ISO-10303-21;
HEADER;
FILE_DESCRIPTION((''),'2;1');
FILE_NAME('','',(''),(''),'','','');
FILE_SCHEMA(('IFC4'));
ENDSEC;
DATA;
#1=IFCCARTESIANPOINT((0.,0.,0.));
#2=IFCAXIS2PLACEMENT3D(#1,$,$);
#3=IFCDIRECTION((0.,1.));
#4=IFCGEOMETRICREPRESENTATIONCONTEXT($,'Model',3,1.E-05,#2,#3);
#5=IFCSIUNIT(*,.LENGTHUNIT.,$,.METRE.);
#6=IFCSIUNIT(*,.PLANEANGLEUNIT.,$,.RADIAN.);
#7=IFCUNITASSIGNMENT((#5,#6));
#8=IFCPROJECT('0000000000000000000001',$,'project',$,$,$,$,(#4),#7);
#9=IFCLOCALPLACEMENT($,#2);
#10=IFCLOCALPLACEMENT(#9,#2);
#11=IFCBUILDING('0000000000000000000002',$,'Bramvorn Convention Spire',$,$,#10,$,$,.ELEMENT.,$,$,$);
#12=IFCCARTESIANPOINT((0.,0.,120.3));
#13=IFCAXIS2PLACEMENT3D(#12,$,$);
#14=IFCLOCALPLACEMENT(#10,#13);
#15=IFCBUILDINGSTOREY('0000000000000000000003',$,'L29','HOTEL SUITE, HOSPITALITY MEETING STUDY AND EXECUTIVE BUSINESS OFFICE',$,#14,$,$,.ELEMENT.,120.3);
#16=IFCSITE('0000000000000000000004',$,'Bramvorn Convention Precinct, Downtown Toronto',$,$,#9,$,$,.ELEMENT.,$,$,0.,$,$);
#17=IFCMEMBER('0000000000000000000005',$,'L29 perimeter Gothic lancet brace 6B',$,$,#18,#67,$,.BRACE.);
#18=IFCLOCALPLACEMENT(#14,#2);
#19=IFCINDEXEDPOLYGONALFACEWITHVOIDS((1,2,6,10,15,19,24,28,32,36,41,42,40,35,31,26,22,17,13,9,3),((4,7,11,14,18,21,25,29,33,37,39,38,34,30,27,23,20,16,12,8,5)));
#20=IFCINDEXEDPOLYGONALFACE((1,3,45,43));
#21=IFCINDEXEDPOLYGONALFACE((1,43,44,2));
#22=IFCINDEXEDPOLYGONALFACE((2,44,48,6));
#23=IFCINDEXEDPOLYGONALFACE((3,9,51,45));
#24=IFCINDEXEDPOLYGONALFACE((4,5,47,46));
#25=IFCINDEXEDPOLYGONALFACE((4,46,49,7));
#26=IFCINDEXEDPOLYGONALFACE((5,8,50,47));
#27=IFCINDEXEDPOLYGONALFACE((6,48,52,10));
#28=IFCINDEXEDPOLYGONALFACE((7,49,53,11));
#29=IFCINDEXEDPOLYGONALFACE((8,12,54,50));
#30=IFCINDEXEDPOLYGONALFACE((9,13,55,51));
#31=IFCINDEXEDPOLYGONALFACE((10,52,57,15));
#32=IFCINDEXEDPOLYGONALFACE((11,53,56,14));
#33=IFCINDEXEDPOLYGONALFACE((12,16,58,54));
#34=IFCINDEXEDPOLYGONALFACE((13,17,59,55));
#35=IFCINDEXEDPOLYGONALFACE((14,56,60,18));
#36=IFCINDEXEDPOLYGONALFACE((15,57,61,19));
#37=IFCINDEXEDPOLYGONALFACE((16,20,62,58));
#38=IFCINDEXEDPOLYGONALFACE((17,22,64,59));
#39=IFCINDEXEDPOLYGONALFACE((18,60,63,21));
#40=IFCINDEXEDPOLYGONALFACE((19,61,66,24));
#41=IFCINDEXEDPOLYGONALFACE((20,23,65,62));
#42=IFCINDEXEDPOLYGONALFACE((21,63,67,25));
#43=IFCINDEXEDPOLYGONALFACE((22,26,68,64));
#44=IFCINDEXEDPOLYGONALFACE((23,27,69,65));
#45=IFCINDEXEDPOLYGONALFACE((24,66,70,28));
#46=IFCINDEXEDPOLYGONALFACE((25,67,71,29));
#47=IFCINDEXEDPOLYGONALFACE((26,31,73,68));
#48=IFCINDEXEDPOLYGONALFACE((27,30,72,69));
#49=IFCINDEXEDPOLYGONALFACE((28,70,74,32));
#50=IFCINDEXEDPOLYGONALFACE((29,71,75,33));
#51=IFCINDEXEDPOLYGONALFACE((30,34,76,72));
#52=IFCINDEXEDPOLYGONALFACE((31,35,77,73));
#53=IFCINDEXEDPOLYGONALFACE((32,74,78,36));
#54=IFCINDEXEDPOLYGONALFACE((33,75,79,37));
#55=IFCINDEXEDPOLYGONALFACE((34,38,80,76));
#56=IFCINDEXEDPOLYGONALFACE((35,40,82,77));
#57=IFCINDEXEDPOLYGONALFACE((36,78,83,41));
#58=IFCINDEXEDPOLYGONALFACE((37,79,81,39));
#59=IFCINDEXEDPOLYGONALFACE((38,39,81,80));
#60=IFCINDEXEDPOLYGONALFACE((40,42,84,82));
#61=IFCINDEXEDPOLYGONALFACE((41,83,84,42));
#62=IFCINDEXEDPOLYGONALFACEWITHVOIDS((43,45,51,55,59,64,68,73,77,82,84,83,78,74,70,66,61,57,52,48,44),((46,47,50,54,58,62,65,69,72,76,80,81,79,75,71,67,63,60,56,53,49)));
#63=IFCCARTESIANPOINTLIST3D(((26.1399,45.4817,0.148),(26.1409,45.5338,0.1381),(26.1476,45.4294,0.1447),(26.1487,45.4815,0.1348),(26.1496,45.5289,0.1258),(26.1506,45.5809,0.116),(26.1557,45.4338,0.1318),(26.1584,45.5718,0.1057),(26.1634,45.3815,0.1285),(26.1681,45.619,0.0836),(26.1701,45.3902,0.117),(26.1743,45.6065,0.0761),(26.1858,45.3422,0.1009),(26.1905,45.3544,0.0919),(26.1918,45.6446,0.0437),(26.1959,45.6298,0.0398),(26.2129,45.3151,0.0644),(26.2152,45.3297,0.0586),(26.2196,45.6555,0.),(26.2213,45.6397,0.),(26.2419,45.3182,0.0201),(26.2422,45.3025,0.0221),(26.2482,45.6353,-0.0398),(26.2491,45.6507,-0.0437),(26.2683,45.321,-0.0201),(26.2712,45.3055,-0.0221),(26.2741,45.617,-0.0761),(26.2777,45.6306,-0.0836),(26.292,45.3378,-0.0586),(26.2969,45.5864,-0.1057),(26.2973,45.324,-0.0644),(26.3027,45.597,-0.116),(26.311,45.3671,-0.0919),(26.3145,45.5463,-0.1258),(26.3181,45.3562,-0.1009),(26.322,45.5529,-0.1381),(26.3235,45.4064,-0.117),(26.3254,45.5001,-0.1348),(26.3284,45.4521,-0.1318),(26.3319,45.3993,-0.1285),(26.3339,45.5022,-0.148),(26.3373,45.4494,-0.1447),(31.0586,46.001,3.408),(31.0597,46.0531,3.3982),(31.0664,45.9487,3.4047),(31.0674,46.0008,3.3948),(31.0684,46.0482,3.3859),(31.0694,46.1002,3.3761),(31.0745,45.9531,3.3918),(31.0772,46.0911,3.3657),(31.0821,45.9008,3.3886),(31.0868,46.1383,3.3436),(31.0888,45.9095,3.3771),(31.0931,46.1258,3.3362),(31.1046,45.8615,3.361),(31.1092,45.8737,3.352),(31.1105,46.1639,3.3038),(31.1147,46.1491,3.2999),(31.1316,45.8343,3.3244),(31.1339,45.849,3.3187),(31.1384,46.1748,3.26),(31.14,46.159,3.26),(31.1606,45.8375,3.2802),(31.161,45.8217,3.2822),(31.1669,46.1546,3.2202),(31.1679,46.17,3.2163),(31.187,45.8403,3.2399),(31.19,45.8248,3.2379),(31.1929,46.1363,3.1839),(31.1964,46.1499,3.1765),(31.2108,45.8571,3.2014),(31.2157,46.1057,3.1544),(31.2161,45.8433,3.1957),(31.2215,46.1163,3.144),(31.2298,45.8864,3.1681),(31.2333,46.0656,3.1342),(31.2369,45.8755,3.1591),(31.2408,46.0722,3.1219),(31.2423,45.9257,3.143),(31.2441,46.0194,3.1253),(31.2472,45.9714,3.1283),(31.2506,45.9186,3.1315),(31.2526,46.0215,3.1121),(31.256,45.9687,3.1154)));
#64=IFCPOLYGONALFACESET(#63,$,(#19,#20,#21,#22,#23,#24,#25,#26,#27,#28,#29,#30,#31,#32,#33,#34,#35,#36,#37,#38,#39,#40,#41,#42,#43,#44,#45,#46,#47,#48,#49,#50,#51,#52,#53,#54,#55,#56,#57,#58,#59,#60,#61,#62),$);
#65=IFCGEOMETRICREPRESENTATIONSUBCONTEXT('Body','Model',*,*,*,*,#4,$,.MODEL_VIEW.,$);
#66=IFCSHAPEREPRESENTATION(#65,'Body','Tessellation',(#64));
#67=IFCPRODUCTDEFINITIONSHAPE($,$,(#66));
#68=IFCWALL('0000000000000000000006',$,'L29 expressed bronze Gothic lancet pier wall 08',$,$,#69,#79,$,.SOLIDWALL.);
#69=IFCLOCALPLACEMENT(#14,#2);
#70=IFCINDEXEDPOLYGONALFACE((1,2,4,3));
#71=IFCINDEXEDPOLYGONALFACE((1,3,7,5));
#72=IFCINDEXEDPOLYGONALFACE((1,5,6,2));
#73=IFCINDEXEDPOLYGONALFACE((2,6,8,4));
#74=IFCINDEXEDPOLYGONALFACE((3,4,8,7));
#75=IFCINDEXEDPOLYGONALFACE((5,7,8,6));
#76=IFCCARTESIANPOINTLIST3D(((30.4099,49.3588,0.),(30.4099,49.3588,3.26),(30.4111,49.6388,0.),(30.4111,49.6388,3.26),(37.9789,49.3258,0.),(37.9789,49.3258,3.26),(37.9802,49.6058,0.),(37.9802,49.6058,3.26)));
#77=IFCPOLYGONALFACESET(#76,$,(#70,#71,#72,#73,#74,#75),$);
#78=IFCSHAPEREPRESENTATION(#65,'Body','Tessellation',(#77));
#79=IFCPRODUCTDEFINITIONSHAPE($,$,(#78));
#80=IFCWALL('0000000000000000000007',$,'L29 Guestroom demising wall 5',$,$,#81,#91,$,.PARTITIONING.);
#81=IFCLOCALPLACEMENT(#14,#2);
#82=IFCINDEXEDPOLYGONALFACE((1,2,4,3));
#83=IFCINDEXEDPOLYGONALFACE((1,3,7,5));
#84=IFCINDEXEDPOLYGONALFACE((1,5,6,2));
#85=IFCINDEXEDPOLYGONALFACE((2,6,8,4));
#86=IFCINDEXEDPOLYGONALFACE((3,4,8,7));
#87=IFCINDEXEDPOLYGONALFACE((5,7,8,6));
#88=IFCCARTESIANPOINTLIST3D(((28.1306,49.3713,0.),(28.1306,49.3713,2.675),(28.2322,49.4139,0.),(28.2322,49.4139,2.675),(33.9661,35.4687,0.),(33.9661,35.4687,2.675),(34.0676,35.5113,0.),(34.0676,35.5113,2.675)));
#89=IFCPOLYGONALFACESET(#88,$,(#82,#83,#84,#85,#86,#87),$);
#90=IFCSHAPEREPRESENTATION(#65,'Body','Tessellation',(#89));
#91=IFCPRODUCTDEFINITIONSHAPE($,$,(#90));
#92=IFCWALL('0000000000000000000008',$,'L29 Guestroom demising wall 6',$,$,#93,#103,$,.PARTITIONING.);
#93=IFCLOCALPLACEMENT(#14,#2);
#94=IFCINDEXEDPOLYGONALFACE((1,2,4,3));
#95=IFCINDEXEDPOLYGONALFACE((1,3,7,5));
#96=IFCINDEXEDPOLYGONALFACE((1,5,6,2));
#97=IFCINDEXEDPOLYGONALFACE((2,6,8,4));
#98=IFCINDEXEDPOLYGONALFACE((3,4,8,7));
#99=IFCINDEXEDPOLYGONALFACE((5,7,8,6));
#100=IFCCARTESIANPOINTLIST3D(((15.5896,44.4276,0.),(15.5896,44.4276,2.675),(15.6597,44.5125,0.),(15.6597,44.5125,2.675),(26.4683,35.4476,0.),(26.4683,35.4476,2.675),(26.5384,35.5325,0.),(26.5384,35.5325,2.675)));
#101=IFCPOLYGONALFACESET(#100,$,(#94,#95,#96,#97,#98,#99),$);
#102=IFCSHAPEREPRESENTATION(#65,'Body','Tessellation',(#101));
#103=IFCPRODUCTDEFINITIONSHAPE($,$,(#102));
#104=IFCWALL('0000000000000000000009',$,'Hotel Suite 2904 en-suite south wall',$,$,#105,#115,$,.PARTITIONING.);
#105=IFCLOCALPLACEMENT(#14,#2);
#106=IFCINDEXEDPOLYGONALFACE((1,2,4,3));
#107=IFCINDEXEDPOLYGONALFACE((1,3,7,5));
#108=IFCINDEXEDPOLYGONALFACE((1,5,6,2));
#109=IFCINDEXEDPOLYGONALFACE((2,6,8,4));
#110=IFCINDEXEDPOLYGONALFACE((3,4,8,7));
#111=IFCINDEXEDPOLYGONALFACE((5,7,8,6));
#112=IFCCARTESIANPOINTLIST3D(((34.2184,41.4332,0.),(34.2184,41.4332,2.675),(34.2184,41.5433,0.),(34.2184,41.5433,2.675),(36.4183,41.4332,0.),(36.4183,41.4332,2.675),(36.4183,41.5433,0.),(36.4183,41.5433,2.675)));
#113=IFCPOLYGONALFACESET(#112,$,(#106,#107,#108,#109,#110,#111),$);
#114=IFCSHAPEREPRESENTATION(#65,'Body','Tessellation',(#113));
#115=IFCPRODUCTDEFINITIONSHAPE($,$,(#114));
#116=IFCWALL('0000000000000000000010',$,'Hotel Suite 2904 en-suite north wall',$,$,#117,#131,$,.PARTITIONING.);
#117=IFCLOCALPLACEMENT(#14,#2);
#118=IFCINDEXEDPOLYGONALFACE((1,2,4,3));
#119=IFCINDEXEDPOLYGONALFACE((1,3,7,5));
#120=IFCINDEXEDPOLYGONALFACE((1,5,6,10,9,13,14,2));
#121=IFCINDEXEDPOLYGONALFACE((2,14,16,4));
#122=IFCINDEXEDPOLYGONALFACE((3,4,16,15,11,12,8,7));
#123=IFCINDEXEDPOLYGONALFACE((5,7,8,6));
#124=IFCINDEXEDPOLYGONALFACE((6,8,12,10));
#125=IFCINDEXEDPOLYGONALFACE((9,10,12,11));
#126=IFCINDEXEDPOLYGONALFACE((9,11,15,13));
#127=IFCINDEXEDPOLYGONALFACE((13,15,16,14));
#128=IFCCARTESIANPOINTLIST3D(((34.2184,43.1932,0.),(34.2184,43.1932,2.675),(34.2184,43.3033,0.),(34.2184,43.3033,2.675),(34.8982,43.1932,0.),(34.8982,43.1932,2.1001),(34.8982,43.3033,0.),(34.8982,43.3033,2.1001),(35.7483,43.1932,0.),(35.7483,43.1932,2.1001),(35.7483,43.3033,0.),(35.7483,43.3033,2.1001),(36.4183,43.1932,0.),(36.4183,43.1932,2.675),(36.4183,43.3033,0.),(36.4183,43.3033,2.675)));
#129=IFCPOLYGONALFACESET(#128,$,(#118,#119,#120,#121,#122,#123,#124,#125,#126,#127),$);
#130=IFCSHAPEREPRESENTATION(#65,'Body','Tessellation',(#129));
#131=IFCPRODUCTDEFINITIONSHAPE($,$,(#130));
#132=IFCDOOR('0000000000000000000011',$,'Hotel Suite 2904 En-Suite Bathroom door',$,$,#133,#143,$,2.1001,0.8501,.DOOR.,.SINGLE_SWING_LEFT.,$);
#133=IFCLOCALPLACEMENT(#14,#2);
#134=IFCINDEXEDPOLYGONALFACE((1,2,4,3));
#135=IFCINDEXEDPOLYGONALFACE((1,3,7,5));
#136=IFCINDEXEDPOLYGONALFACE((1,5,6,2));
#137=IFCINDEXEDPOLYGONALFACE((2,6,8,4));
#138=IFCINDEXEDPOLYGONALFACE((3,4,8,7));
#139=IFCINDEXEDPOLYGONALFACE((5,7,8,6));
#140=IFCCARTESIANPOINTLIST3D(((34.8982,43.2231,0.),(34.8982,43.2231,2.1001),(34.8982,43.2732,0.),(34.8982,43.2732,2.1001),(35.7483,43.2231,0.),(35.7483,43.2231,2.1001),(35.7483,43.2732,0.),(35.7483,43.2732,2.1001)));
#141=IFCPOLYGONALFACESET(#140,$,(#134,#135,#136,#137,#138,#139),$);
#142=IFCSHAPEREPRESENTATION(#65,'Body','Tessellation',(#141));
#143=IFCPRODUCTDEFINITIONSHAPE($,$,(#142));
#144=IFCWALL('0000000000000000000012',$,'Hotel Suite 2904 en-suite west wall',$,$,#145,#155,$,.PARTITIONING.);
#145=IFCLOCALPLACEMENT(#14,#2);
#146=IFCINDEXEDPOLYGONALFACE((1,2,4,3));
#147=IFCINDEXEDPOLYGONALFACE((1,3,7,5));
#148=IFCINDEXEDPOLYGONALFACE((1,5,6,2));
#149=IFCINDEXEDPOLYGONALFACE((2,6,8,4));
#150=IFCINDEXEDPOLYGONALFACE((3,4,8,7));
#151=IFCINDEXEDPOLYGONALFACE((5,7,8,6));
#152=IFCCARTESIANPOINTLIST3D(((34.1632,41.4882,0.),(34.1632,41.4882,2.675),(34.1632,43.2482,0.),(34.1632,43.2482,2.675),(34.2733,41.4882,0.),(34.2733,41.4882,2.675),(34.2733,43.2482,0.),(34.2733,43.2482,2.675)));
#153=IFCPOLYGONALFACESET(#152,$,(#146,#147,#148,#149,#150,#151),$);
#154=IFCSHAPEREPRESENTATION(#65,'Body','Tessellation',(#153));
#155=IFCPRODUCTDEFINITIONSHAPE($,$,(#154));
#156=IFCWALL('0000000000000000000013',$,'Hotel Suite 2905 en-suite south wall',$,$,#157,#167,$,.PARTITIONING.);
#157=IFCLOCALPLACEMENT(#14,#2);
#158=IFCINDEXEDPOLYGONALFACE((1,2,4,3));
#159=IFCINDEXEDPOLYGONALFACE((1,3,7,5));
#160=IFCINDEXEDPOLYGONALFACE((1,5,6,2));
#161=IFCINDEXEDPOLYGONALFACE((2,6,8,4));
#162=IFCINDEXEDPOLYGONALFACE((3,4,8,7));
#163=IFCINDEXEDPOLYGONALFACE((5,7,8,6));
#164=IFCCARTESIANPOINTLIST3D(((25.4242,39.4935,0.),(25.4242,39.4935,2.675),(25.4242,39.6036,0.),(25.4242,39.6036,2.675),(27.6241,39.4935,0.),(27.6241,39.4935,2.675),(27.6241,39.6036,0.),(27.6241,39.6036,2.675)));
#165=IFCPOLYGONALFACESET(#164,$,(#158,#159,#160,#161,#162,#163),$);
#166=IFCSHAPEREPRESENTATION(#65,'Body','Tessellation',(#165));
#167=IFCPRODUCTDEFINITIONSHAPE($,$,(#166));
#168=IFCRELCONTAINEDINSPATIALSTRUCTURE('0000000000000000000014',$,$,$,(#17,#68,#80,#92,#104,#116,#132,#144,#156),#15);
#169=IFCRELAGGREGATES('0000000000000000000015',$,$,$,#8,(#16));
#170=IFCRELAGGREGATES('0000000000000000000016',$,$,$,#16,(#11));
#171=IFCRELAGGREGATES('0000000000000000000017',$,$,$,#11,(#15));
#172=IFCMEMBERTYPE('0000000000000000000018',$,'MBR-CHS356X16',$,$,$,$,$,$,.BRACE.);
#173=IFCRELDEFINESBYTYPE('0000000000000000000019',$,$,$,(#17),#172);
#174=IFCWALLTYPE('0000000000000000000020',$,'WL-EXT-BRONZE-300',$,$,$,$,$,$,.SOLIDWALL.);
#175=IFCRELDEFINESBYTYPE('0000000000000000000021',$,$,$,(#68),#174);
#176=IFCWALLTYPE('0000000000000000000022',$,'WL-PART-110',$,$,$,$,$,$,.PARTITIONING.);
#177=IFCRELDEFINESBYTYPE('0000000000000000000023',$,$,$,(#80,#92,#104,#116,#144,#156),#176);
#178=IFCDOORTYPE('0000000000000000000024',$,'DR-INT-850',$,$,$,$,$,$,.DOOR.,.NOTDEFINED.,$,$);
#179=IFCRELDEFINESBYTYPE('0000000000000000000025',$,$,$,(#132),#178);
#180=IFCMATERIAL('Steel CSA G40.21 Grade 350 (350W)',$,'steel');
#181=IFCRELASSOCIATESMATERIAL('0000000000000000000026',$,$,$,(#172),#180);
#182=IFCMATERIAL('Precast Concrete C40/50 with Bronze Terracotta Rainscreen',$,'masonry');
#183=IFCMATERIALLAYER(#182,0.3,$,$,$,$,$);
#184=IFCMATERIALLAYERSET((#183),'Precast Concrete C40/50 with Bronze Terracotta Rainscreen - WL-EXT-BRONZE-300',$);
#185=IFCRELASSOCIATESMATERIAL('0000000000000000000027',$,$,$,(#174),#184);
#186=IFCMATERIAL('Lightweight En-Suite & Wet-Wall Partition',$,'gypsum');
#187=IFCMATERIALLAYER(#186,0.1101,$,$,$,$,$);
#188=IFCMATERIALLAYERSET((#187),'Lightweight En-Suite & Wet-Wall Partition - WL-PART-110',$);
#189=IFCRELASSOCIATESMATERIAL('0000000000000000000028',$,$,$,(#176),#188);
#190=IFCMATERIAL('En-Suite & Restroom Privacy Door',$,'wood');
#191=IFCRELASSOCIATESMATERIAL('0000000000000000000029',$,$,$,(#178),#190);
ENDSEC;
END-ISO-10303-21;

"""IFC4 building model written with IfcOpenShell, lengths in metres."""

from ifc_helpers import new_model, si_unit, direction, frame, frame_2d, origin, origin_2d, place, context, subcontext, project, spatial, rectangle, hollow_circle, extrude, material, layer, layer_set, material_profile, profile_set, type_object, element, fill, save


model = new_model("IFC4")

# Units and contexts
model_context = context("Model", 3, precision=1e-05, world=origin(), true_north=direction((0.0, 1.0)))
body_context = subcontext(model_context, "Body", "Model", "MODEL_VIEW")
ifc_project = project(units=[si_unit("LENGTHUNIT", "METRE"), si_unit("PLANEANGLEUNIT", "RADIAN")], contexts=[model_context])

# Site, building, storey
site_placement = place(None, origin())
site = spatial("IfcSite", under=ifc_project, at=site_placement, Name="Bramvorn Convention Precinct, Downtown Toronto", CompositionType="ELEMENT", RefElevation=0.0)
building_placement = place(site_placement, origin())
building = spatial("IfcBuilding", under=site, at=building_placement, Name="Bramvorn Convention Spire", CompositionType="ELEMENT")
storey_placement = place(building_placement, frame((0.0, 0.0, 120.3)))
storey = spatial("IfcBuildingStorey", under=building, at=storey_placement, Name="L29", Description="HOTEL SUITE, HOSPITALITY MEETING STUDY AND EXECUTIVE BUSINESS OFFICE", CompositionType="ELEMENT", Elevation=120.3)

# Shared definitions
ifc_material_1 = material(Name="Steel CSA G40.21 Grade 350 (350W)", Category="steel")

# Member
ifc_material_profile_1 = material_profile(ifc_material_1, hollow_circle(Radius=0.1777, WallThickness=0.0159, at=origin_2d()))
ifc_profile_set_1 = profile_set([ifc_material_profile_1], Name="Steel CSA G40.21 Grade 350 (350W) - CHS356X16")
member_type = type_object("IfcMemberType", Name="MBR-CHS356X16", PredefinedType="BRACE", material=ifc_profile_set_1)
member_placement = place(storey_placement, frame((26.2383, 45.4788, 0.0), z_axis=(0.830334, 0.087662, 0.550328), x_axis=(-0.104991, 0.994473, 0.0)))
element("IfcMember", 1, at=member_placement, inside=storey, type_object=member_type, Name="L29 perimeter Gothic lancet brace 6B", PredefinedType="BRACE", context=body_context, shape_type="SweptSolid", body=[
    extrude(hollow_circle(Radius=0.1777, WallThickness=0.0159, at=origin_2d()), origin(), (0.0, 0.0, 1.0), 5.9238),
])

# Walls
ifc_material_2 = material(Name="Precast Concrete C40/50 with Bronze Terracotta Rainscreen", Category="masonry")
ifc_layer_1 = layer(ifc_material_2, 0.3)
ifc_layer_set_1 = layer_set([ifc_layer_1], Name="Precast Concrete C40/50 with Bronze Terracotta Rainscreen - WL-EXT-BRONZE-300")
wall_type_1 = type_object("IfcWallType", Name="WL-EXT-BRONZE-300", PredefinedType="SOLIDWALL", material=ifc_layer_set_1)
wall_1_placement = place(storey_placement, frame((30.4104, 49.4988, 0.0), z_axis=(0.0, 0.0, 1.0), x_axis=(0.999991, -0.004354, 0.0)))
element("IfcWall", 2, at=wall_1_placement, inside=storey, type_object=wall_type_1, Name="L29 expressed bronze Gothic lancet pier wall 08", PredefinedType="SOLIDWALL", context=body_context, shape_type="SweptSolid", body=[
    extrude(rectangle(XDim=7.5691, YDim=0.28, at=frame_2d((3.7847, 0.0))), origin(), (0.0, 0.0, 1.0), 3.26),
])
ifc_material_3 = material(Name="Lightweight En-Suite & Wet-Wall Partition", Category="gypsum")
ifc_layer_2 = layer(ifc_material_3, 0.1101)
ifc_layer_set_2 = layer_set([ifc_layer_2], Name="Lightweight En-Suite & Wet-Wall Partition - WL-PART-110")
wall_type_2 = type_object("IfcWallType", Name="WL-PART-110", PredefinedType="PARTITIONING", material=ifc_layer_set_2)
wall_2_placement = place(storey_placement, frame((34.0168, 35.49, 0.0), z_axis=(0.0, 0.0, 1.0), x_axis=(-0.387027, 0.922068, 0.0)))
element("IfcWall", 3, at=wall_2_placement, inside=storey, type_object=wall_type_2, Name="L29 Guestroom demising wall 5", PredefinedType="PARTITIONING", context=body_context, shape_type="SweptSolid", body=[
    extrude(rectangle(XDim=15.0776, YDim=0.1101, at=frame_2d((7.5388, 0.0))), origin(), (0.0, 0.0, 1.0), 2.675),
])
wall_3_placement = place(storey_placement, frame((26.5034, 35.49, 0.0), z_axis=(0.0, 0.0, 1.0), x_axis=(-0.771196, 0.636597, 0.0)))
element("IfcWall", 4, at=wall_3_placement, inside=storey, type_object=wall_type_2, Name="L29 Guestroom demising wall 6", PredefinedType="PARTITIONING", context=body_context, shape_type="SweptSolid", body=[
    extrude(rectangle(XDim=14.1062, YDim=0.1101, at=frame_2d((7.0532, 0.0))), origin(), (0.0, 0.0, 1.0), 2.675),
])
wall_4_placement = place(storey_placement, frame((34.2183, 41.4883, 0.0), z_axis=(0.0, 0.0, 1.0), x_axis=(1.0, 0.0, 0.0)))
element("IfcWall", 5, at=wall_4_placement, inside=storey, type_object=wall_type_2, Name="Hotel Suite 2904 en-suite south wall", PredefinedType="PARTITIONING", context=body_context, shape_type="SweptSolid", body=[
    extrude(rectangle(XDim=2.2, YDim=0.1101, at=frame_2d((1.1001, 0.0))), origin(), (0.0, 0.0, 1.0), 2.675),
])

# Wall, opening, door
wall_5_placement = place(storey_placement, frame((34.2183, 43.2483, 0.0), z_axis=(0.0, 0.0, 1.0), x_axis=(1.0, 0.0, 0.0)))
wall_5 = element("IfcWall", 6, at=wall_5_placement, inside=storey, type_object=wall_type_2, Name="Hotel Suite 2904 en-suite north wall", PredefinedType="PARTITIONING", context=body_context, shape_type="SweptSolid", body=[
    extrude(rectangle(XDim=2.2, YDim=0.1101, at=frame_2d((1.1001, 0.0))), origin(), (0.0, 0.0, 1.0), 2.675),
])
opening_1_placement = place(wall_5_placement, frame((0.6799, 0.0, 0.0)))
opening_1 = element("IfcOpeningElement", 7, at=opening_1_placement, cuts=wall_5, PredefinedType="OPENING", context=body_context, shape_type="SweptSolid", body=[
    extrude(rectangle(XDim=0.8501, YDim=2.1001, at=frame_2d((0.425, 1.05))), frame((0.0, 0.0649, 0.0), z_axis=(0.0, -1.0, 0.0), x_axis=(1.0, 0.0, 0.0)), (0.0, 0.0, 1.0), 0.1301),
])
ifc_material_4 = material(Name="En-Suite & Restroom Privacy Door", Category="wood")
door_type_1 = type_object("IfcDoorType", Name="DR-INT-850", OperationType="NOTDEFINED", PredefinedType="DOOR", material=ifc_material_4)
door_1_placement = place(opening_1_placement, origin())
door_1 = element("IfcDoor", 8, at=door_1_placement, inside=storey, type_object=door_type_1, Name="Hotel Suite 2904 En-Suite Bathroom door", OperationType="SINGLE_SWING_LEFT", OverallHeight=2.1001, OverallWidth=0.8501, PredefinedType="DOOR", context=body_context, shape_type="SweptSolid", body=[
    extrude(rectangle(XDim=0.8501, YDim=2.1001, at=frame_2d((0.425, 1.05))), frame((0.0, 0.0249, 0.0), z_axis=(0.0, -1.0, 0.0), x_axis=(1.0, 0.0, 0.0)), (0.0, 0.0, 1.0), 0.05),
])
fill(opening_1, door_1)

# Walls
wall_6_placement = place(storey_placement, frame((34.2183, 41.4883, 0.0), z_axis=(0.0, 0.0, 1.0), x_axis=(0.0, 1.0, 0.0)))
element("IfcWall", 9, at=wall_6_placement, inside=storey, type_object=wall_type_2, Name="Hotel Suite 2904 en-suite west wall", PredefinedType="PARTITIONING", context=body_context, shape_type="SweptSolid", body=[
    extrude(rectangle(XDim=1.76, YDim=0.1101, at=frame_2d((0.8799, 0.0))), origin(), (0.0, 0.0, 1.0), 2.675),
])
wall_7_placement = place(storey_placement, frame((25.4241, 39.5486, 0.0), z_axis=(0.0, 0.0, 1.0), x_axis=(1.0, 0.0, 0.0)))
element("IfcWall", 10, at=wall_7_placement, inside=storey, type_object=wall_type_2, Name="Hotel Suite 2905 en-suite south wall", PredefinedType="PARTITIONING", context=body_context, shape_type="SweptSolid", body=[
    extrude(rectangle(XDim=2.2, YDim=0.1101, at=frame_2d((1.1001, 0.0))), origin(), (0.0, 0.0, 1.0), 2.675),
])

save(model, "model.ifc")
